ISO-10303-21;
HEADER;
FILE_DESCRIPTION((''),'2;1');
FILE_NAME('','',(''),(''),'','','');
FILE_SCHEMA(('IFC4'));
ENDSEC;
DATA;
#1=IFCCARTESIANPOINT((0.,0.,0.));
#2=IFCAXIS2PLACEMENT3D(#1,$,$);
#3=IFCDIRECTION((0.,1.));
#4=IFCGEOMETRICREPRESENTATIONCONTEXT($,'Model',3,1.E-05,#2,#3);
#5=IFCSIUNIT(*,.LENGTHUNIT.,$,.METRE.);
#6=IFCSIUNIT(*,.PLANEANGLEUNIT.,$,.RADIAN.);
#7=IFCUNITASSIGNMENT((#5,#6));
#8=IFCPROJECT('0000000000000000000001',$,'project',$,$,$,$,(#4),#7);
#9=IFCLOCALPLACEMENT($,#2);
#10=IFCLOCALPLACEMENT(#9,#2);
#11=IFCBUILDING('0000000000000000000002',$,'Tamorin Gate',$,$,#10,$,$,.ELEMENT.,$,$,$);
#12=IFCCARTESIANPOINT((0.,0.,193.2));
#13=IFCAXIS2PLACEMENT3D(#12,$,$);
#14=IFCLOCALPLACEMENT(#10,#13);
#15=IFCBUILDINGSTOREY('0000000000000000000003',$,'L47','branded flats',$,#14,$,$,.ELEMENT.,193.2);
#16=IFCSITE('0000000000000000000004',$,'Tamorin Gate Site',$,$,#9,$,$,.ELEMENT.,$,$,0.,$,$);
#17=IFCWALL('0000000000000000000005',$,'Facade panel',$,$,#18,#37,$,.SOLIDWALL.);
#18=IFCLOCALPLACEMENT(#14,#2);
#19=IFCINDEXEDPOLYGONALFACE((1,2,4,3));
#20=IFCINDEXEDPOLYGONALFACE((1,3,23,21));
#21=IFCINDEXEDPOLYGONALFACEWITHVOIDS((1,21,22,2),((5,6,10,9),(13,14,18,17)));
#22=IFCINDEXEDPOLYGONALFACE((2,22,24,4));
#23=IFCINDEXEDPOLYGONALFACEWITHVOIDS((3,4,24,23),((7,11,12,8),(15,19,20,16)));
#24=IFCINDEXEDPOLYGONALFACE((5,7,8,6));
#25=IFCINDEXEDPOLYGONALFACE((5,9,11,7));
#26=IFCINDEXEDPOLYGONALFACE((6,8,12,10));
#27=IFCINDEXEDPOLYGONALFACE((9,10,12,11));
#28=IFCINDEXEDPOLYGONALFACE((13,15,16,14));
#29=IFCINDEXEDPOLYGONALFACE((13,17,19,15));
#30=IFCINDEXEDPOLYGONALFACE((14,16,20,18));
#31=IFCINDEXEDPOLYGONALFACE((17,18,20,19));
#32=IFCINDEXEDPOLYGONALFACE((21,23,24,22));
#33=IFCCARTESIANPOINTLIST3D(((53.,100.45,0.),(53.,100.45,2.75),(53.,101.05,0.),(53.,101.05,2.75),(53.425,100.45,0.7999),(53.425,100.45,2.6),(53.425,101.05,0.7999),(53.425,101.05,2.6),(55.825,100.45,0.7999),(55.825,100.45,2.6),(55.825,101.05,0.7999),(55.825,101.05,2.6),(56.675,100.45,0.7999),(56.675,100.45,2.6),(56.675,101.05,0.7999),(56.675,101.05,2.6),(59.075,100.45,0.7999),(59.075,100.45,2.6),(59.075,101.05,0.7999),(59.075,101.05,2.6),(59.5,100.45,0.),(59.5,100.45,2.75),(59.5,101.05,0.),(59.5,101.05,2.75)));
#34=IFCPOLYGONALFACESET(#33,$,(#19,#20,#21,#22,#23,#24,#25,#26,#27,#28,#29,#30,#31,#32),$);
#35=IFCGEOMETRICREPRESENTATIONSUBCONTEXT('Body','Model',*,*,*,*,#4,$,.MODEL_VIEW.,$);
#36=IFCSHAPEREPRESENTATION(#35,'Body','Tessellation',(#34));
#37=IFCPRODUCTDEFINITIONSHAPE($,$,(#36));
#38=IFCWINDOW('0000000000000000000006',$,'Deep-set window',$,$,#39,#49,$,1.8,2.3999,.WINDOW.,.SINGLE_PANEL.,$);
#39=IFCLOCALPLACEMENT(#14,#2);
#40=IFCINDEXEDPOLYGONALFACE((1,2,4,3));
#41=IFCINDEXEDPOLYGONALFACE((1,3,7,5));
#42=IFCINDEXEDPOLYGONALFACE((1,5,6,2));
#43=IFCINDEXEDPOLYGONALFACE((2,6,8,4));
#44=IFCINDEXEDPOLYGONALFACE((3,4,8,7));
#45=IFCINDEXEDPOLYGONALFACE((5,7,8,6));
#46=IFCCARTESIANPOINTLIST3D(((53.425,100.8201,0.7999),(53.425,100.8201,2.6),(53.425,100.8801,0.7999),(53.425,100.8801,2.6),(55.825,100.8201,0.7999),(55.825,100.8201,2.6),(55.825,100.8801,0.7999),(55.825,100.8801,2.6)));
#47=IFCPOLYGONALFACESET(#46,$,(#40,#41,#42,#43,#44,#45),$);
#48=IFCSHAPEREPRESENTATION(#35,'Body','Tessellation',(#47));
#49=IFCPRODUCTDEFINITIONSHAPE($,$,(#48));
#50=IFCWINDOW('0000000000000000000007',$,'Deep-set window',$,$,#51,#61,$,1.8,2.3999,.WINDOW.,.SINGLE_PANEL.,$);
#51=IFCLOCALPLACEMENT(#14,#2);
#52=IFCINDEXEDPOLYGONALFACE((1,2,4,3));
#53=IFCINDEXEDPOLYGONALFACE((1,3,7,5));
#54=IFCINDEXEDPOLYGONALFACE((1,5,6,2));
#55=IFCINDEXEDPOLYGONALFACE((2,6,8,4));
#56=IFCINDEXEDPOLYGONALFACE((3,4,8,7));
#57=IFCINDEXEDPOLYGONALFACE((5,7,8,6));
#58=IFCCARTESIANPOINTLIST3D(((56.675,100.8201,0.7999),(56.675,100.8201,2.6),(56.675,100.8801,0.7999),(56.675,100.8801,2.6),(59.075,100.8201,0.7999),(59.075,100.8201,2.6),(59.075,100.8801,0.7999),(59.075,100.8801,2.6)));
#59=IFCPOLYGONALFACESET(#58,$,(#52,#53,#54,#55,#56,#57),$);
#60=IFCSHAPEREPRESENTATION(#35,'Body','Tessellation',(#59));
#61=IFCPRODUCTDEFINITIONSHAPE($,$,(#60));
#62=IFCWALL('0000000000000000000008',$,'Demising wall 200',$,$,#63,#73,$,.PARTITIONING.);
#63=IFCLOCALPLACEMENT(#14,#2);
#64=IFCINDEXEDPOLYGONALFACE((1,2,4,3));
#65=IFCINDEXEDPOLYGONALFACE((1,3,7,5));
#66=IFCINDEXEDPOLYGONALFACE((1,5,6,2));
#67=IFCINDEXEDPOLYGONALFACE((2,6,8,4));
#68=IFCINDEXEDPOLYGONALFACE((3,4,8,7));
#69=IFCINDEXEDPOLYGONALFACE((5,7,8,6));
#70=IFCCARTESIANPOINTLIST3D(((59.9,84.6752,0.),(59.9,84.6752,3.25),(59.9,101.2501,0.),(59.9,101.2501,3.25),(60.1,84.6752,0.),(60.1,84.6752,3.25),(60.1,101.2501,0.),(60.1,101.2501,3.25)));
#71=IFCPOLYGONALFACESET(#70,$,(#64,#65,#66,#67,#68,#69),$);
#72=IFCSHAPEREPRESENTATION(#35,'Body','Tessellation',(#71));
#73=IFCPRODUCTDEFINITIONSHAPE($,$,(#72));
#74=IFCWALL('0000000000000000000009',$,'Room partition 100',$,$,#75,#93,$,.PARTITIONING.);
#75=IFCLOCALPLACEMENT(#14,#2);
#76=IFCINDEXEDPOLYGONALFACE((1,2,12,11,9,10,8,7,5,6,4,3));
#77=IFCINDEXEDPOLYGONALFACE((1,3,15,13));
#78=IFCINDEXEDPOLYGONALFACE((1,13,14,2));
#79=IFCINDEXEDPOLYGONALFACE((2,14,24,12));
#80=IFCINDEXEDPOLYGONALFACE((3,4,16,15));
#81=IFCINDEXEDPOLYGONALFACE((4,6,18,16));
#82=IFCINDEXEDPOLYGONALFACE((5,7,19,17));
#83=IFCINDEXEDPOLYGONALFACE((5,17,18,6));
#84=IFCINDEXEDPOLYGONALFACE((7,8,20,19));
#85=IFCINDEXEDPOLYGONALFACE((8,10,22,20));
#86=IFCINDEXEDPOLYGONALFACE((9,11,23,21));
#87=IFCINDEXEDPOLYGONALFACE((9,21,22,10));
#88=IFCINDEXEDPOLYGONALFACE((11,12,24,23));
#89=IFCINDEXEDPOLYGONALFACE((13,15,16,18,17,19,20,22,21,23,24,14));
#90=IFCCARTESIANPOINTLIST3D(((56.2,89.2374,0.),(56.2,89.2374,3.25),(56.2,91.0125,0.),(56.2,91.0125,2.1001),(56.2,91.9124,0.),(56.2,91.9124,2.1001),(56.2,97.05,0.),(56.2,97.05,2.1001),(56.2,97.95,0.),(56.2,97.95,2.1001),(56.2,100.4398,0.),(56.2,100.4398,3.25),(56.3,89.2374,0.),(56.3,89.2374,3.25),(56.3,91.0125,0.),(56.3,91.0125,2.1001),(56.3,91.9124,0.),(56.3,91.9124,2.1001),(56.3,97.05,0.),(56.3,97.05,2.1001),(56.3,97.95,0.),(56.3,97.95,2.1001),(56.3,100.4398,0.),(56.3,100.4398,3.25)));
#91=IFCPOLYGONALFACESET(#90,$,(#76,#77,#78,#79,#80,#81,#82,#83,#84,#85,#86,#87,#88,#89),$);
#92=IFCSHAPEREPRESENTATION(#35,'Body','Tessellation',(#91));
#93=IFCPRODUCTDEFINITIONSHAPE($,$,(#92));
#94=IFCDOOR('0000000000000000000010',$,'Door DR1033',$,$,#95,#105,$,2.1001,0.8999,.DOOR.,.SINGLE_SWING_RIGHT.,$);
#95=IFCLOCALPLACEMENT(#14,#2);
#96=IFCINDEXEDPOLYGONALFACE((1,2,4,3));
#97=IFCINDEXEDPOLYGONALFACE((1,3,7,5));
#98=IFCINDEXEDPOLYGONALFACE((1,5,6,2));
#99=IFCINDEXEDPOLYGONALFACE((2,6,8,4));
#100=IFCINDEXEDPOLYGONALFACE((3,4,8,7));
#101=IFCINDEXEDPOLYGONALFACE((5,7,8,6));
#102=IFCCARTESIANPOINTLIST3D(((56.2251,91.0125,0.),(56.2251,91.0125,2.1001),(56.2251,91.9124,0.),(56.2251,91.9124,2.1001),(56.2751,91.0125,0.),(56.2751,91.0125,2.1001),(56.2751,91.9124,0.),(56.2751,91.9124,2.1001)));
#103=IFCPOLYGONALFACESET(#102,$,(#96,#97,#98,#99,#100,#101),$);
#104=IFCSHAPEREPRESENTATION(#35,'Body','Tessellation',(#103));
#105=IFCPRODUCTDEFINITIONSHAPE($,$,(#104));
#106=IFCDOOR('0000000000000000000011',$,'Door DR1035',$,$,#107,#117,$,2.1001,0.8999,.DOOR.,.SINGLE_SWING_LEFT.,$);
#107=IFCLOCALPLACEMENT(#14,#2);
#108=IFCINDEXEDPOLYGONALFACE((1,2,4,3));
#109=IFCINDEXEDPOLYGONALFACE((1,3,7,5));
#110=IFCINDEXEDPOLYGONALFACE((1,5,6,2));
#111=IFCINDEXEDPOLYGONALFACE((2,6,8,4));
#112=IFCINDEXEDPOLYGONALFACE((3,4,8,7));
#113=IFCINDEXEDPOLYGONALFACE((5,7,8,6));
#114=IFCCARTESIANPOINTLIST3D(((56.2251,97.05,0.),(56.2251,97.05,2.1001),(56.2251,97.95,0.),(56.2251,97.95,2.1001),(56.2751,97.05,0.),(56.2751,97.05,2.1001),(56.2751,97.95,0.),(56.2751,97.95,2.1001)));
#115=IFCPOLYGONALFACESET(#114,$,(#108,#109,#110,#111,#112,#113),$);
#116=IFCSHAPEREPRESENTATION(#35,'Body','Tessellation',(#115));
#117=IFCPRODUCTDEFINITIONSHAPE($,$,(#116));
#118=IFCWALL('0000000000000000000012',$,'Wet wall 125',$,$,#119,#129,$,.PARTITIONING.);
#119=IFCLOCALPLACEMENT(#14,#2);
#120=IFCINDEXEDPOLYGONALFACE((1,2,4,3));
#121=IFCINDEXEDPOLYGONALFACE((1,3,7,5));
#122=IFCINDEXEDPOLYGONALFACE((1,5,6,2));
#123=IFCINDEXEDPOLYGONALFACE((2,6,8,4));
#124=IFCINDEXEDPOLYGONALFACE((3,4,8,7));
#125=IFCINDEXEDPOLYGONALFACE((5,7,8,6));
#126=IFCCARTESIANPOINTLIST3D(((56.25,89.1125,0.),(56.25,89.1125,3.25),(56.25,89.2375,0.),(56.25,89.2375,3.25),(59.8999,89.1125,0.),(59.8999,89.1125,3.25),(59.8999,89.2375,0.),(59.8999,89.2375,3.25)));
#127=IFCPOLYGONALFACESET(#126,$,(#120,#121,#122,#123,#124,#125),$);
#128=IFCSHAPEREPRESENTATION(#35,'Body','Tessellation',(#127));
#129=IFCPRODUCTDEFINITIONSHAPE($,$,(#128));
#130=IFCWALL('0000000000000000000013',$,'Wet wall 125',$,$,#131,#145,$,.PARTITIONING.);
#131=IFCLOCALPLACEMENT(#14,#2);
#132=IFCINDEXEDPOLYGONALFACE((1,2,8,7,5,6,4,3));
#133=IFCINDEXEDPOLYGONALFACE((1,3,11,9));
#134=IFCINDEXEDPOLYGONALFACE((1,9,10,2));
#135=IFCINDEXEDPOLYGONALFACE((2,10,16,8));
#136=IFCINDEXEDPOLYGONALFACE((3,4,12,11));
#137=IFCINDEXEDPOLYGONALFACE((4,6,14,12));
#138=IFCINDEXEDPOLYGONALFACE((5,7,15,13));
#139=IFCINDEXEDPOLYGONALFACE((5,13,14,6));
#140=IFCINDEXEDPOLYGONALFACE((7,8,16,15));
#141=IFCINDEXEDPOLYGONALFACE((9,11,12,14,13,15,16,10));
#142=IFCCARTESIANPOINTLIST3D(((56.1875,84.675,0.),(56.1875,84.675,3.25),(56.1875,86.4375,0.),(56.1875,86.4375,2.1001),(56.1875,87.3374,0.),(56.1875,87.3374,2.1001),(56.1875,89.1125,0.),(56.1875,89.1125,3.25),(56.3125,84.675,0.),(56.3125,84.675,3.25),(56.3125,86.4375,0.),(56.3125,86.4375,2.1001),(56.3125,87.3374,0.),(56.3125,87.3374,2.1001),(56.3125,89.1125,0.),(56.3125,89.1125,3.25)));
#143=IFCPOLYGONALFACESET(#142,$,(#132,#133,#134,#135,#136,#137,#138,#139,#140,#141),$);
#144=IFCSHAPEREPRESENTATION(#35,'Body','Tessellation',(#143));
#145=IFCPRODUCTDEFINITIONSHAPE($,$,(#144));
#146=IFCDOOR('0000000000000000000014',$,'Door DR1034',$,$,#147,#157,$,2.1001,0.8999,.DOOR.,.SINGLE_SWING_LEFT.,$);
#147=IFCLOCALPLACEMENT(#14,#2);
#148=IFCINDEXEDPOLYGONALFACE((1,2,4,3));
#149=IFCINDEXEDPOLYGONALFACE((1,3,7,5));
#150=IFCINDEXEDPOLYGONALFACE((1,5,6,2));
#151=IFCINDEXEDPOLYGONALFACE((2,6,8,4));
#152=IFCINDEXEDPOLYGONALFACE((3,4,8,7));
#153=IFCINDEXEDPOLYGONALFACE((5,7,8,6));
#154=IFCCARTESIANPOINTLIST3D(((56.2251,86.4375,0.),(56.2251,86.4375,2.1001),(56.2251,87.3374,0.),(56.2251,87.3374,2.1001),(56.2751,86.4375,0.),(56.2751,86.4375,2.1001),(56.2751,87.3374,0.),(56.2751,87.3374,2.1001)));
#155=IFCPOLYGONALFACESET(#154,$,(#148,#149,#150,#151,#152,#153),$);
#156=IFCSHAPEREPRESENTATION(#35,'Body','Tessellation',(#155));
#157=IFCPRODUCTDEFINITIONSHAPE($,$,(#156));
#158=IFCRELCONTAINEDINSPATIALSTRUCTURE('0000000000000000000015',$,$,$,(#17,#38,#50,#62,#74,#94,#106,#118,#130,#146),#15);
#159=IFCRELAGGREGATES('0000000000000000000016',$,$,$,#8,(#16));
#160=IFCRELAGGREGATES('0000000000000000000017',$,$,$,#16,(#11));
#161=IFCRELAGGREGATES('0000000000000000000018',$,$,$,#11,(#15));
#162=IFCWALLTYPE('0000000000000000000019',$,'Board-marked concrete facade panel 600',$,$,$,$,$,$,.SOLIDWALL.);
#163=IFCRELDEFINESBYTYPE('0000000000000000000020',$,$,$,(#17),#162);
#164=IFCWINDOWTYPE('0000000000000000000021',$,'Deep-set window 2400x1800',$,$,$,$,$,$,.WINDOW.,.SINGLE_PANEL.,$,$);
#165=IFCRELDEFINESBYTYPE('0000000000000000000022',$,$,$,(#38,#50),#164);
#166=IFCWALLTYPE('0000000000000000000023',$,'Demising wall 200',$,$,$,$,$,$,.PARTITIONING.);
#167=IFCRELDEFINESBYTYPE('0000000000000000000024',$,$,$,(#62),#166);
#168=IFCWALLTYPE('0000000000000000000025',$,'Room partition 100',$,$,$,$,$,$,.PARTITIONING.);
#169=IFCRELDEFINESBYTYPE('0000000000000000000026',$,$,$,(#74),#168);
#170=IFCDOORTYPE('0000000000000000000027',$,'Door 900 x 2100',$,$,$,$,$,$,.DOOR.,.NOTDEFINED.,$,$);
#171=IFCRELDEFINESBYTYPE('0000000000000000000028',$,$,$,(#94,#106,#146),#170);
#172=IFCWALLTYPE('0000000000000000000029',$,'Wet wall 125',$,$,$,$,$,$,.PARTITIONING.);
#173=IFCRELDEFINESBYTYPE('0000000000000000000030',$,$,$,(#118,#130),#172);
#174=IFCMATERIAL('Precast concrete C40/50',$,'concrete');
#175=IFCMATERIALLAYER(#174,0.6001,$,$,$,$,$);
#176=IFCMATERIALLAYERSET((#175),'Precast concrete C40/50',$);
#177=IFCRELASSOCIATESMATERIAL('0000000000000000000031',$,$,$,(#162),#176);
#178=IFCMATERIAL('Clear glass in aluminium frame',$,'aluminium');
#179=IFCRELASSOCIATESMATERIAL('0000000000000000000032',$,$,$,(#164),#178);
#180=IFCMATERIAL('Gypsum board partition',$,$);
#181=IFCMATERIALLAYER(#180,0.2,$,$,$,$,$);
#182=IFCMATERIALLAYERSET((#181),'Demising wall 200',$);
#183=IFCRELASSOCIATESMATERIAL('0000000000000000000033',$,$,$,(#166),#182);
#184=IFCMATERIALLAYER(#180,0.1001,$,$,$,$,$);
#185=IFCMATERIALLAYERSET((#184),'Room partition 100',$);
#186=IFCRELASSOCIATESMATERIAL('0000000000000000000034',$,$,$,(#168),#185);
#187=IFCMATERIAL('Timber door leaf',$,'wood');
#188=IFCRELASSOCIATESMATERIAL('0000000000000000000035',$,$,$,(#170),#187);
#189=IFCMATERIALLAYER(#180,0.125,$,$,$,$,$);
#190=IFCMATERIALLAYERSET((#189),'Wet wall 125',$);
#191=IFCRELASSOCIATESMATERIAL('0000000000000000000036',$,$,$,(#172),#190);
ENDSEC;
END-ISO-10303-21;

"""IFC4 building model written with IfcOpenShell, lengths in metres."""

from ifc_helpers import new_model, si_unit, direction, frame, frame_2d, origin, place, context, subcontext, project, spatial, rectangle, extrude, material, layer, layer_set, type_object, element, fill, save


model = new_model("IFC4")

# Units and contexts
model_context = context("Model", 3, precision=1e-05, world=origin(), true_north=direction((0.0, 1.0)))
body_context = subcontext(model_context, "Body", "Model", "MODEL_VIEW")
ifc_project = project(units=[si_unit("LENGTHUNIT", "METRE"), si_unit("PLANEANGLEUNIT", "RADIAN")], contexts=[model_context])

# Site, building, storey
site_placement = place(None, origin())
site = spatial("IfcSite", under=ifc_project, at=site_placement, Name="Tamorin Gate Site", CompositionType="ELEMENT", RefElevation=0.0)
building_placement = place(site_placement, origin())
building = spatial("IfcBuilding", under=site, at=building_placement, Name="Tamorin Gate", CompositionType="ELEMENT")
storey_placement = place(building_placement, frame((0.0, 0.0, 193.2)))
storey = spatial("IfcBuildingStorey", under=building, at=storey_placement, Name="L47", Description="branded flats", CompositionType="ELEMENT", Elevation=193.2)

# Wall, openings, windows
ifc_material_1 = material(Name="Precast concrete C40/50", Category="concrete")
ifc_layer_1 = layer(ifc_material_1, 0.6001)
ifc_layer_set_1 = layer_set([ifc_layer_1], Name="Precast concrete C40/50")
wall_type_1 = type_object("IfcWallType", Name="Board-marked concrete facade panel 600", PredefinedType="SOLIDWALL", material=ifc_layer_set_1)
ifc_material_2 = material(Name="Clear glass in aluminium frame", Category="aluminium")
window_type = type_object("IfcWindowType", Name="Deep-set window 2400x1800", PartitioningType="SINGLE_PANEL", PredefinedType="WINDOW", material=ifc_material_2)
wall_1_placement = place(storey_placement, frame((59.5, 100.75, 0.0), z_axis=(0.0, 0.0, 1.0), x_axis=(-1.0, 0.0, 0.0)))
wall_1 = element("IfcWall", 1, at=wall_1_placement, inside=storey, type_object=wall_type_1, Name="Facade panel", PredefinedType="SOLIDWALL", context=body_context, shape_type="SweptSolid", body=[
    extrude(rectangle(XDim=6.5, YDim=0.6001, at=frame_2d((3.25, 0.0))), origin(), (0.0, 0.0, 1.0), 2.75),
])
opening_1_placement = place(wall_1_placement, frame((3.675, 0.0, 0.8)))
opening_1 = element("IfcOpeningElement", 2, at=opening_1_placement, cuts=wall_1, PredefinedType="OPENING", context=body_context, shape_type="SweptSolid", body=[
    extrude(rectangle(XDim=2.3999, YDim=1.8, at=frame_2d((1.2, 0.8999))), frame((0.0, 0.3101, 0.0), z_axis=(0.0, -1.0, 0.0), x_axis=(1.0, 0.0, 0.0)), (0.0, 0.0, 1.0), 0.6201),
])
opening_2_placement = place(wall_1_placement, frame((0.425, 0.0, 0.8)))
opening_2 = element("IfcOpeningElement", 3, at=opening_2_placement, cuts=wall_1, PredefinedType="OPENING", context=body_context, shape_type="SweptSolid", body=[
    extrude(rectangle(XDim=2.3999, YDim=1.8, at=frame_2d((1.2, 0.8999))), frame((0.0, 0.3101, 0.0), z_axis=(0.0, -1.0, 0.0), x_axis=(1.0, 0.0, 0.0)), (0.0, 0.0, 1.0), 0.6201),
])
window_1_placement = place(opening_1_placement, origin())
window_1 = element("IfcWindow", 4, at=window_1_placement, inside=storey, type_object=window_type, Name="Deep-set window", OverallHeight=1.8, OverallWidth=2.3999, PartitioningType="SINGLE_PANEL", PredefinedType="WINDOW", context=body_context, shape_type="SweptSolid", body=[
    extrude(rectangle(XDim=2.3999, YDim=1.8, at=frame_2d((1.2, 0.8999))), frame((0.0, -0.0701, 0.0), z_axis=(0.0, -1.0, 0.0), x_axis=(1.0, 0.0, 0.0)), (0.0, 0.0, 1.0), 0.0601),
])
fill(opening_1, window_1)
window_2_placement = place(opening_2_placement, origin())
window_2 = element("IfcWindow", 5, at=window_2_placement, inside=storey, type_object=window_type, Name="Deep-set window", OverallHeight=1.8, OverallWidth=2.3999, PartitioningType="SINGLE_PANEL", PredefinedType="WINDOW", context=body_context, shape_type="SweptSolid", body=[
    extrude(rectangle(XDim=2.3999, YDim=1.8, at=frame_2d((1.2, 0.8999))), frame((0.0, -0.0701, 0.0), z_axis=(0.0, -1.0, 0.0), x_axis=(1.0, 0.0, 0.0)), (0.0, 0.0, 1.0), 0.0601),
])
fill(opening_2, window_2)

# Wall
ifc_material_3 = material(Name="Gypsum board partition")
ifc_layer_2 = layer(ifc_material_3, 0.2)
ifc_layer_set_2 = layer_set([ifc_layer_2], Name="Demising wall 200")
wall_type_2 = type_object("IfcWallType", Name="Demising wall 200", PredefinedType="PARTITIONING", material=ifc_layer_set_2)
wall_2_placement = place(storey_placement, frame((60.0, 84.675, 0.0), z_axis=(0.0, 0.0, 1.0), x_axis=(0.0, 1.0, 0.0)))
element("IfcWall", 6, at=wall_2_placement, inside=storey, type_object=wall_type_2, Name="Demising wall 200", PredefinedType="PARTITIONING", context=body_context, shape_type="SweptSolid", body=[
    extrude(rectangle(XDim=16.575, YDim=0.2, at=frame_2d((8.2876, 0.0))), origin(), (0.0, 0.0, 1.0), 3.25),
])

# Wall, openings, doors
ifc_layer_3 = layer(ifc_material_3, 0.1001)
ifc_layer_set_3 = layer_set([ifc_layer_3], Name="Room partition 100")
wall_type_3 = type_object("IfcWallType", Name="Room partition 100", PredefinedType="PARTITIONING", material=ifc_layer_set_3)
wall_3_placement = place(storey_placement, frame((56.25, 89.2375, 0.0), z_axis=(0.0, 0.0, 1.0), x_axis=(0.0, 1.0, 0.0)))
wall_3 = element("IfcWall", 7, at=wall_3_placement, inside=storey, type_object=wall_type_3, Name="Room partition 100", PredefinedType="PARTITIONING", context=body_context, shape_type="SweptSolid", body=[
    extrude(rectangle(XDim=11.2024, YDim=0.1001, at=frame_2d((5.6011, 0.0))), origin(), (0.0, 0.0, 1.0), 3.25),
])
opening_3_placement = place(wall_3_placement, frame((1.7749, 0.0, 0.0)))
opening_3 = element("IfcOpeningElement", 8, at=opening_3_placement, cuts=wall_3, PredefinedType="OPENING", context=body_context, shape_type="SweptSolid", body=[
    extrude(rectangle(XDim=0.8999, YDim=2.1001, at=frame_2d((0.45, 1.05))), frame((0.0, 0.0601, 0.0), z_axis=(0.0, -1.0, 0.0), x_axis=(1.0, 0.0, 0.0)), (0.0, 0.0, 1.0), 0.1201),
])
opening_4_placement = place(wall_3_placement, frame((7.8125, 0.0, 0.0)))
opening_4 = element("IfcOpeningElement", 9, at=opening_4_placement, cuts=wall_3, PredefinedType="OPENING", context=body_context, shape_type="SweptSolid", body=[
    extrude(rectangle(XDim=0.8999, YDim=2.1001, at=frame_2d((0.45, 1.05))), frame((0.0, 0.0601, 0.0), z_axis=(0.0, -1.0, 0.0), x_axis=(1.0, 0.0, 0.0)), (0.0, 0.0, 1.0), 0.1201),
])
ifc_material_4 = material(Name="Timber door leaf", Category="wood")
door_type = type_object("IfcDoorType", Name="Door 900 x 2100", OperationType="NOTDEFINED", PredefinedType="DOOR", material=ifc_material_4)
door_1_placement = place(opening_3_placement, origin())
door_1 = element("IfcDoor", 10, at=door_1_placement, inside=storey, type_object=door_type, Name="Door DR1033", OperationType="SINGLE_SWING_RIGHT", OverallHeight=2.1001, OverallWidth=0.8999, PredefinedType="DOOR", context=body_context, shape_type="SweptSolid", body=[
    extrude(rectangle(XDim=0.8999, YDim=2.1001, at=frame_2d((0.45, 1.05))), frame((0.0, 0.0249, 0.0), z_axis=(0.0, -1.0, 0.0), x_axis=(1.0, 0.0, 0.0)), (0.0, 0.0, 1.0), 0.05),
])
fill(opening_3, door_1)
door_2_placement = place(opening_4_placement, origin())
door_2 = element("IfcDoor", 11, at=door_2_placement, inside=storey, type_object=door_type, Name="Door DR1035", OperationType="SINGLE_SWING_LEFT", OverallHeight=2.1001, OverallWidth=0.8999, PredefinedType="DOOR", context=body_context, shape_type="SweptSolid", body=[
    extrude(rectangle(XDim=0.8999, YDim=2.1001, at=frame_2d((0.45, 1.05))), frame((0.0, 0.0249, 0.0), z_axis=(0.0, -1.0, 0.0), x_axis=(1.0, 0.0, 0.0)), (0.0, 0.0, 1.0), 0.05),
])
fill(opening_4, door_2)

# Wall
ifc_layer_4 = layer(ifc_material_3, 0.125)
ifc_layer_set_4 = layer_set([ifc_layer_4], Name="Wet wall 125")
wall_type_4 = type_object("IfcWallType", Name="Wet wall 125", PredefinedType="PARTITIONING", material=ifc_layer_set_4)
wall_4_placement = place(storey_placement, frame((56.25, 89.175, 0.0), z_axis=(0.0, 0.0, 1.0), x_axis=(1.0, 0.0, 0.0)))
element("IfcWall", 12, at=wall_4_placement, inside=storey, type_object=wall_type_4, Name="Wet wall 125", PredefinedType="PARTITIONING", context=body_context, shape_type="SweptSolid", body=[
    extrude(rectangle(XDim=3.6499, YDim=0.125, at=frame_2d((1.825, 0.0))), origin(), (0.0, 0.0, 1.0), 3.25),
])

# Wall, opening, door
wall_5_placement = place(storey_placement, frame((56.25, 84.675, 0.0), z_axis=(0.0, 0.0, 1.0), x_axis=(0.0, 1.0, 0.0)))
wall_5 = element("IfcWall", 13, at=wall_5_placement, inside=storey, type_object=wall_type_4, Name="Wet wall 125", PredefinedType="PARTITIONING", context=body_context, shape_type="SweptSolid", body=[
    extrude(rectangle(XDim=4.4375, YDim=0.125, at=frame_2d((2.2188, 0.0))), origin(), (0.0, 0.0, 1.0), 3.25),
])
opening_5_placement = place(wall_5_placement, frame((1.7625, 0.0, 0.0)))
opening_5 = element("IfcOpeningElement", 14, at=opening_5_placement, cuts=wall_5, PredefinedType="OPENING", context=body_context, shape_type="SweptSolid", body=[
    extrude(rectangle(XDim=0.8999, YDim=2.1001, at=frame_2d((0.45, 1.05))), frame((0.0, 0.0725, 0.0), z_axis=(0.0, -1.0, 0.0), x_axis=(1.0, 0.0, 0.0)), (0.0, 0.0, 1.0), 0.145),
])
door_3_placement = place(opening_5_placement, origin())
door_3 = element("IfcDoor", 15, at=door_3_placement, inside=storey, type_object=door_type, Name="Door DR1034", OperationType="SINGLE_SWING_LEFT", OverallHeight=2.1001, OverallWidth=0.8999, PredefinedType="DOOR", context=body_context, shape_type="SweptSolid", body=[
    extrude(rectangle(XDim=0.8999, YDim=2.1001, at=frame_2d((0.45, 1.05))), frame((0.0, 0.0249, 0.0), z_axis=(0.0, -1.0, 0.0), x_axis=(1.0, 0.0, 0.0)), (0.0, 0.0, 1.0), 0.05),
])
fill(opening_5, door_3)

save(model, "model.ifc")
